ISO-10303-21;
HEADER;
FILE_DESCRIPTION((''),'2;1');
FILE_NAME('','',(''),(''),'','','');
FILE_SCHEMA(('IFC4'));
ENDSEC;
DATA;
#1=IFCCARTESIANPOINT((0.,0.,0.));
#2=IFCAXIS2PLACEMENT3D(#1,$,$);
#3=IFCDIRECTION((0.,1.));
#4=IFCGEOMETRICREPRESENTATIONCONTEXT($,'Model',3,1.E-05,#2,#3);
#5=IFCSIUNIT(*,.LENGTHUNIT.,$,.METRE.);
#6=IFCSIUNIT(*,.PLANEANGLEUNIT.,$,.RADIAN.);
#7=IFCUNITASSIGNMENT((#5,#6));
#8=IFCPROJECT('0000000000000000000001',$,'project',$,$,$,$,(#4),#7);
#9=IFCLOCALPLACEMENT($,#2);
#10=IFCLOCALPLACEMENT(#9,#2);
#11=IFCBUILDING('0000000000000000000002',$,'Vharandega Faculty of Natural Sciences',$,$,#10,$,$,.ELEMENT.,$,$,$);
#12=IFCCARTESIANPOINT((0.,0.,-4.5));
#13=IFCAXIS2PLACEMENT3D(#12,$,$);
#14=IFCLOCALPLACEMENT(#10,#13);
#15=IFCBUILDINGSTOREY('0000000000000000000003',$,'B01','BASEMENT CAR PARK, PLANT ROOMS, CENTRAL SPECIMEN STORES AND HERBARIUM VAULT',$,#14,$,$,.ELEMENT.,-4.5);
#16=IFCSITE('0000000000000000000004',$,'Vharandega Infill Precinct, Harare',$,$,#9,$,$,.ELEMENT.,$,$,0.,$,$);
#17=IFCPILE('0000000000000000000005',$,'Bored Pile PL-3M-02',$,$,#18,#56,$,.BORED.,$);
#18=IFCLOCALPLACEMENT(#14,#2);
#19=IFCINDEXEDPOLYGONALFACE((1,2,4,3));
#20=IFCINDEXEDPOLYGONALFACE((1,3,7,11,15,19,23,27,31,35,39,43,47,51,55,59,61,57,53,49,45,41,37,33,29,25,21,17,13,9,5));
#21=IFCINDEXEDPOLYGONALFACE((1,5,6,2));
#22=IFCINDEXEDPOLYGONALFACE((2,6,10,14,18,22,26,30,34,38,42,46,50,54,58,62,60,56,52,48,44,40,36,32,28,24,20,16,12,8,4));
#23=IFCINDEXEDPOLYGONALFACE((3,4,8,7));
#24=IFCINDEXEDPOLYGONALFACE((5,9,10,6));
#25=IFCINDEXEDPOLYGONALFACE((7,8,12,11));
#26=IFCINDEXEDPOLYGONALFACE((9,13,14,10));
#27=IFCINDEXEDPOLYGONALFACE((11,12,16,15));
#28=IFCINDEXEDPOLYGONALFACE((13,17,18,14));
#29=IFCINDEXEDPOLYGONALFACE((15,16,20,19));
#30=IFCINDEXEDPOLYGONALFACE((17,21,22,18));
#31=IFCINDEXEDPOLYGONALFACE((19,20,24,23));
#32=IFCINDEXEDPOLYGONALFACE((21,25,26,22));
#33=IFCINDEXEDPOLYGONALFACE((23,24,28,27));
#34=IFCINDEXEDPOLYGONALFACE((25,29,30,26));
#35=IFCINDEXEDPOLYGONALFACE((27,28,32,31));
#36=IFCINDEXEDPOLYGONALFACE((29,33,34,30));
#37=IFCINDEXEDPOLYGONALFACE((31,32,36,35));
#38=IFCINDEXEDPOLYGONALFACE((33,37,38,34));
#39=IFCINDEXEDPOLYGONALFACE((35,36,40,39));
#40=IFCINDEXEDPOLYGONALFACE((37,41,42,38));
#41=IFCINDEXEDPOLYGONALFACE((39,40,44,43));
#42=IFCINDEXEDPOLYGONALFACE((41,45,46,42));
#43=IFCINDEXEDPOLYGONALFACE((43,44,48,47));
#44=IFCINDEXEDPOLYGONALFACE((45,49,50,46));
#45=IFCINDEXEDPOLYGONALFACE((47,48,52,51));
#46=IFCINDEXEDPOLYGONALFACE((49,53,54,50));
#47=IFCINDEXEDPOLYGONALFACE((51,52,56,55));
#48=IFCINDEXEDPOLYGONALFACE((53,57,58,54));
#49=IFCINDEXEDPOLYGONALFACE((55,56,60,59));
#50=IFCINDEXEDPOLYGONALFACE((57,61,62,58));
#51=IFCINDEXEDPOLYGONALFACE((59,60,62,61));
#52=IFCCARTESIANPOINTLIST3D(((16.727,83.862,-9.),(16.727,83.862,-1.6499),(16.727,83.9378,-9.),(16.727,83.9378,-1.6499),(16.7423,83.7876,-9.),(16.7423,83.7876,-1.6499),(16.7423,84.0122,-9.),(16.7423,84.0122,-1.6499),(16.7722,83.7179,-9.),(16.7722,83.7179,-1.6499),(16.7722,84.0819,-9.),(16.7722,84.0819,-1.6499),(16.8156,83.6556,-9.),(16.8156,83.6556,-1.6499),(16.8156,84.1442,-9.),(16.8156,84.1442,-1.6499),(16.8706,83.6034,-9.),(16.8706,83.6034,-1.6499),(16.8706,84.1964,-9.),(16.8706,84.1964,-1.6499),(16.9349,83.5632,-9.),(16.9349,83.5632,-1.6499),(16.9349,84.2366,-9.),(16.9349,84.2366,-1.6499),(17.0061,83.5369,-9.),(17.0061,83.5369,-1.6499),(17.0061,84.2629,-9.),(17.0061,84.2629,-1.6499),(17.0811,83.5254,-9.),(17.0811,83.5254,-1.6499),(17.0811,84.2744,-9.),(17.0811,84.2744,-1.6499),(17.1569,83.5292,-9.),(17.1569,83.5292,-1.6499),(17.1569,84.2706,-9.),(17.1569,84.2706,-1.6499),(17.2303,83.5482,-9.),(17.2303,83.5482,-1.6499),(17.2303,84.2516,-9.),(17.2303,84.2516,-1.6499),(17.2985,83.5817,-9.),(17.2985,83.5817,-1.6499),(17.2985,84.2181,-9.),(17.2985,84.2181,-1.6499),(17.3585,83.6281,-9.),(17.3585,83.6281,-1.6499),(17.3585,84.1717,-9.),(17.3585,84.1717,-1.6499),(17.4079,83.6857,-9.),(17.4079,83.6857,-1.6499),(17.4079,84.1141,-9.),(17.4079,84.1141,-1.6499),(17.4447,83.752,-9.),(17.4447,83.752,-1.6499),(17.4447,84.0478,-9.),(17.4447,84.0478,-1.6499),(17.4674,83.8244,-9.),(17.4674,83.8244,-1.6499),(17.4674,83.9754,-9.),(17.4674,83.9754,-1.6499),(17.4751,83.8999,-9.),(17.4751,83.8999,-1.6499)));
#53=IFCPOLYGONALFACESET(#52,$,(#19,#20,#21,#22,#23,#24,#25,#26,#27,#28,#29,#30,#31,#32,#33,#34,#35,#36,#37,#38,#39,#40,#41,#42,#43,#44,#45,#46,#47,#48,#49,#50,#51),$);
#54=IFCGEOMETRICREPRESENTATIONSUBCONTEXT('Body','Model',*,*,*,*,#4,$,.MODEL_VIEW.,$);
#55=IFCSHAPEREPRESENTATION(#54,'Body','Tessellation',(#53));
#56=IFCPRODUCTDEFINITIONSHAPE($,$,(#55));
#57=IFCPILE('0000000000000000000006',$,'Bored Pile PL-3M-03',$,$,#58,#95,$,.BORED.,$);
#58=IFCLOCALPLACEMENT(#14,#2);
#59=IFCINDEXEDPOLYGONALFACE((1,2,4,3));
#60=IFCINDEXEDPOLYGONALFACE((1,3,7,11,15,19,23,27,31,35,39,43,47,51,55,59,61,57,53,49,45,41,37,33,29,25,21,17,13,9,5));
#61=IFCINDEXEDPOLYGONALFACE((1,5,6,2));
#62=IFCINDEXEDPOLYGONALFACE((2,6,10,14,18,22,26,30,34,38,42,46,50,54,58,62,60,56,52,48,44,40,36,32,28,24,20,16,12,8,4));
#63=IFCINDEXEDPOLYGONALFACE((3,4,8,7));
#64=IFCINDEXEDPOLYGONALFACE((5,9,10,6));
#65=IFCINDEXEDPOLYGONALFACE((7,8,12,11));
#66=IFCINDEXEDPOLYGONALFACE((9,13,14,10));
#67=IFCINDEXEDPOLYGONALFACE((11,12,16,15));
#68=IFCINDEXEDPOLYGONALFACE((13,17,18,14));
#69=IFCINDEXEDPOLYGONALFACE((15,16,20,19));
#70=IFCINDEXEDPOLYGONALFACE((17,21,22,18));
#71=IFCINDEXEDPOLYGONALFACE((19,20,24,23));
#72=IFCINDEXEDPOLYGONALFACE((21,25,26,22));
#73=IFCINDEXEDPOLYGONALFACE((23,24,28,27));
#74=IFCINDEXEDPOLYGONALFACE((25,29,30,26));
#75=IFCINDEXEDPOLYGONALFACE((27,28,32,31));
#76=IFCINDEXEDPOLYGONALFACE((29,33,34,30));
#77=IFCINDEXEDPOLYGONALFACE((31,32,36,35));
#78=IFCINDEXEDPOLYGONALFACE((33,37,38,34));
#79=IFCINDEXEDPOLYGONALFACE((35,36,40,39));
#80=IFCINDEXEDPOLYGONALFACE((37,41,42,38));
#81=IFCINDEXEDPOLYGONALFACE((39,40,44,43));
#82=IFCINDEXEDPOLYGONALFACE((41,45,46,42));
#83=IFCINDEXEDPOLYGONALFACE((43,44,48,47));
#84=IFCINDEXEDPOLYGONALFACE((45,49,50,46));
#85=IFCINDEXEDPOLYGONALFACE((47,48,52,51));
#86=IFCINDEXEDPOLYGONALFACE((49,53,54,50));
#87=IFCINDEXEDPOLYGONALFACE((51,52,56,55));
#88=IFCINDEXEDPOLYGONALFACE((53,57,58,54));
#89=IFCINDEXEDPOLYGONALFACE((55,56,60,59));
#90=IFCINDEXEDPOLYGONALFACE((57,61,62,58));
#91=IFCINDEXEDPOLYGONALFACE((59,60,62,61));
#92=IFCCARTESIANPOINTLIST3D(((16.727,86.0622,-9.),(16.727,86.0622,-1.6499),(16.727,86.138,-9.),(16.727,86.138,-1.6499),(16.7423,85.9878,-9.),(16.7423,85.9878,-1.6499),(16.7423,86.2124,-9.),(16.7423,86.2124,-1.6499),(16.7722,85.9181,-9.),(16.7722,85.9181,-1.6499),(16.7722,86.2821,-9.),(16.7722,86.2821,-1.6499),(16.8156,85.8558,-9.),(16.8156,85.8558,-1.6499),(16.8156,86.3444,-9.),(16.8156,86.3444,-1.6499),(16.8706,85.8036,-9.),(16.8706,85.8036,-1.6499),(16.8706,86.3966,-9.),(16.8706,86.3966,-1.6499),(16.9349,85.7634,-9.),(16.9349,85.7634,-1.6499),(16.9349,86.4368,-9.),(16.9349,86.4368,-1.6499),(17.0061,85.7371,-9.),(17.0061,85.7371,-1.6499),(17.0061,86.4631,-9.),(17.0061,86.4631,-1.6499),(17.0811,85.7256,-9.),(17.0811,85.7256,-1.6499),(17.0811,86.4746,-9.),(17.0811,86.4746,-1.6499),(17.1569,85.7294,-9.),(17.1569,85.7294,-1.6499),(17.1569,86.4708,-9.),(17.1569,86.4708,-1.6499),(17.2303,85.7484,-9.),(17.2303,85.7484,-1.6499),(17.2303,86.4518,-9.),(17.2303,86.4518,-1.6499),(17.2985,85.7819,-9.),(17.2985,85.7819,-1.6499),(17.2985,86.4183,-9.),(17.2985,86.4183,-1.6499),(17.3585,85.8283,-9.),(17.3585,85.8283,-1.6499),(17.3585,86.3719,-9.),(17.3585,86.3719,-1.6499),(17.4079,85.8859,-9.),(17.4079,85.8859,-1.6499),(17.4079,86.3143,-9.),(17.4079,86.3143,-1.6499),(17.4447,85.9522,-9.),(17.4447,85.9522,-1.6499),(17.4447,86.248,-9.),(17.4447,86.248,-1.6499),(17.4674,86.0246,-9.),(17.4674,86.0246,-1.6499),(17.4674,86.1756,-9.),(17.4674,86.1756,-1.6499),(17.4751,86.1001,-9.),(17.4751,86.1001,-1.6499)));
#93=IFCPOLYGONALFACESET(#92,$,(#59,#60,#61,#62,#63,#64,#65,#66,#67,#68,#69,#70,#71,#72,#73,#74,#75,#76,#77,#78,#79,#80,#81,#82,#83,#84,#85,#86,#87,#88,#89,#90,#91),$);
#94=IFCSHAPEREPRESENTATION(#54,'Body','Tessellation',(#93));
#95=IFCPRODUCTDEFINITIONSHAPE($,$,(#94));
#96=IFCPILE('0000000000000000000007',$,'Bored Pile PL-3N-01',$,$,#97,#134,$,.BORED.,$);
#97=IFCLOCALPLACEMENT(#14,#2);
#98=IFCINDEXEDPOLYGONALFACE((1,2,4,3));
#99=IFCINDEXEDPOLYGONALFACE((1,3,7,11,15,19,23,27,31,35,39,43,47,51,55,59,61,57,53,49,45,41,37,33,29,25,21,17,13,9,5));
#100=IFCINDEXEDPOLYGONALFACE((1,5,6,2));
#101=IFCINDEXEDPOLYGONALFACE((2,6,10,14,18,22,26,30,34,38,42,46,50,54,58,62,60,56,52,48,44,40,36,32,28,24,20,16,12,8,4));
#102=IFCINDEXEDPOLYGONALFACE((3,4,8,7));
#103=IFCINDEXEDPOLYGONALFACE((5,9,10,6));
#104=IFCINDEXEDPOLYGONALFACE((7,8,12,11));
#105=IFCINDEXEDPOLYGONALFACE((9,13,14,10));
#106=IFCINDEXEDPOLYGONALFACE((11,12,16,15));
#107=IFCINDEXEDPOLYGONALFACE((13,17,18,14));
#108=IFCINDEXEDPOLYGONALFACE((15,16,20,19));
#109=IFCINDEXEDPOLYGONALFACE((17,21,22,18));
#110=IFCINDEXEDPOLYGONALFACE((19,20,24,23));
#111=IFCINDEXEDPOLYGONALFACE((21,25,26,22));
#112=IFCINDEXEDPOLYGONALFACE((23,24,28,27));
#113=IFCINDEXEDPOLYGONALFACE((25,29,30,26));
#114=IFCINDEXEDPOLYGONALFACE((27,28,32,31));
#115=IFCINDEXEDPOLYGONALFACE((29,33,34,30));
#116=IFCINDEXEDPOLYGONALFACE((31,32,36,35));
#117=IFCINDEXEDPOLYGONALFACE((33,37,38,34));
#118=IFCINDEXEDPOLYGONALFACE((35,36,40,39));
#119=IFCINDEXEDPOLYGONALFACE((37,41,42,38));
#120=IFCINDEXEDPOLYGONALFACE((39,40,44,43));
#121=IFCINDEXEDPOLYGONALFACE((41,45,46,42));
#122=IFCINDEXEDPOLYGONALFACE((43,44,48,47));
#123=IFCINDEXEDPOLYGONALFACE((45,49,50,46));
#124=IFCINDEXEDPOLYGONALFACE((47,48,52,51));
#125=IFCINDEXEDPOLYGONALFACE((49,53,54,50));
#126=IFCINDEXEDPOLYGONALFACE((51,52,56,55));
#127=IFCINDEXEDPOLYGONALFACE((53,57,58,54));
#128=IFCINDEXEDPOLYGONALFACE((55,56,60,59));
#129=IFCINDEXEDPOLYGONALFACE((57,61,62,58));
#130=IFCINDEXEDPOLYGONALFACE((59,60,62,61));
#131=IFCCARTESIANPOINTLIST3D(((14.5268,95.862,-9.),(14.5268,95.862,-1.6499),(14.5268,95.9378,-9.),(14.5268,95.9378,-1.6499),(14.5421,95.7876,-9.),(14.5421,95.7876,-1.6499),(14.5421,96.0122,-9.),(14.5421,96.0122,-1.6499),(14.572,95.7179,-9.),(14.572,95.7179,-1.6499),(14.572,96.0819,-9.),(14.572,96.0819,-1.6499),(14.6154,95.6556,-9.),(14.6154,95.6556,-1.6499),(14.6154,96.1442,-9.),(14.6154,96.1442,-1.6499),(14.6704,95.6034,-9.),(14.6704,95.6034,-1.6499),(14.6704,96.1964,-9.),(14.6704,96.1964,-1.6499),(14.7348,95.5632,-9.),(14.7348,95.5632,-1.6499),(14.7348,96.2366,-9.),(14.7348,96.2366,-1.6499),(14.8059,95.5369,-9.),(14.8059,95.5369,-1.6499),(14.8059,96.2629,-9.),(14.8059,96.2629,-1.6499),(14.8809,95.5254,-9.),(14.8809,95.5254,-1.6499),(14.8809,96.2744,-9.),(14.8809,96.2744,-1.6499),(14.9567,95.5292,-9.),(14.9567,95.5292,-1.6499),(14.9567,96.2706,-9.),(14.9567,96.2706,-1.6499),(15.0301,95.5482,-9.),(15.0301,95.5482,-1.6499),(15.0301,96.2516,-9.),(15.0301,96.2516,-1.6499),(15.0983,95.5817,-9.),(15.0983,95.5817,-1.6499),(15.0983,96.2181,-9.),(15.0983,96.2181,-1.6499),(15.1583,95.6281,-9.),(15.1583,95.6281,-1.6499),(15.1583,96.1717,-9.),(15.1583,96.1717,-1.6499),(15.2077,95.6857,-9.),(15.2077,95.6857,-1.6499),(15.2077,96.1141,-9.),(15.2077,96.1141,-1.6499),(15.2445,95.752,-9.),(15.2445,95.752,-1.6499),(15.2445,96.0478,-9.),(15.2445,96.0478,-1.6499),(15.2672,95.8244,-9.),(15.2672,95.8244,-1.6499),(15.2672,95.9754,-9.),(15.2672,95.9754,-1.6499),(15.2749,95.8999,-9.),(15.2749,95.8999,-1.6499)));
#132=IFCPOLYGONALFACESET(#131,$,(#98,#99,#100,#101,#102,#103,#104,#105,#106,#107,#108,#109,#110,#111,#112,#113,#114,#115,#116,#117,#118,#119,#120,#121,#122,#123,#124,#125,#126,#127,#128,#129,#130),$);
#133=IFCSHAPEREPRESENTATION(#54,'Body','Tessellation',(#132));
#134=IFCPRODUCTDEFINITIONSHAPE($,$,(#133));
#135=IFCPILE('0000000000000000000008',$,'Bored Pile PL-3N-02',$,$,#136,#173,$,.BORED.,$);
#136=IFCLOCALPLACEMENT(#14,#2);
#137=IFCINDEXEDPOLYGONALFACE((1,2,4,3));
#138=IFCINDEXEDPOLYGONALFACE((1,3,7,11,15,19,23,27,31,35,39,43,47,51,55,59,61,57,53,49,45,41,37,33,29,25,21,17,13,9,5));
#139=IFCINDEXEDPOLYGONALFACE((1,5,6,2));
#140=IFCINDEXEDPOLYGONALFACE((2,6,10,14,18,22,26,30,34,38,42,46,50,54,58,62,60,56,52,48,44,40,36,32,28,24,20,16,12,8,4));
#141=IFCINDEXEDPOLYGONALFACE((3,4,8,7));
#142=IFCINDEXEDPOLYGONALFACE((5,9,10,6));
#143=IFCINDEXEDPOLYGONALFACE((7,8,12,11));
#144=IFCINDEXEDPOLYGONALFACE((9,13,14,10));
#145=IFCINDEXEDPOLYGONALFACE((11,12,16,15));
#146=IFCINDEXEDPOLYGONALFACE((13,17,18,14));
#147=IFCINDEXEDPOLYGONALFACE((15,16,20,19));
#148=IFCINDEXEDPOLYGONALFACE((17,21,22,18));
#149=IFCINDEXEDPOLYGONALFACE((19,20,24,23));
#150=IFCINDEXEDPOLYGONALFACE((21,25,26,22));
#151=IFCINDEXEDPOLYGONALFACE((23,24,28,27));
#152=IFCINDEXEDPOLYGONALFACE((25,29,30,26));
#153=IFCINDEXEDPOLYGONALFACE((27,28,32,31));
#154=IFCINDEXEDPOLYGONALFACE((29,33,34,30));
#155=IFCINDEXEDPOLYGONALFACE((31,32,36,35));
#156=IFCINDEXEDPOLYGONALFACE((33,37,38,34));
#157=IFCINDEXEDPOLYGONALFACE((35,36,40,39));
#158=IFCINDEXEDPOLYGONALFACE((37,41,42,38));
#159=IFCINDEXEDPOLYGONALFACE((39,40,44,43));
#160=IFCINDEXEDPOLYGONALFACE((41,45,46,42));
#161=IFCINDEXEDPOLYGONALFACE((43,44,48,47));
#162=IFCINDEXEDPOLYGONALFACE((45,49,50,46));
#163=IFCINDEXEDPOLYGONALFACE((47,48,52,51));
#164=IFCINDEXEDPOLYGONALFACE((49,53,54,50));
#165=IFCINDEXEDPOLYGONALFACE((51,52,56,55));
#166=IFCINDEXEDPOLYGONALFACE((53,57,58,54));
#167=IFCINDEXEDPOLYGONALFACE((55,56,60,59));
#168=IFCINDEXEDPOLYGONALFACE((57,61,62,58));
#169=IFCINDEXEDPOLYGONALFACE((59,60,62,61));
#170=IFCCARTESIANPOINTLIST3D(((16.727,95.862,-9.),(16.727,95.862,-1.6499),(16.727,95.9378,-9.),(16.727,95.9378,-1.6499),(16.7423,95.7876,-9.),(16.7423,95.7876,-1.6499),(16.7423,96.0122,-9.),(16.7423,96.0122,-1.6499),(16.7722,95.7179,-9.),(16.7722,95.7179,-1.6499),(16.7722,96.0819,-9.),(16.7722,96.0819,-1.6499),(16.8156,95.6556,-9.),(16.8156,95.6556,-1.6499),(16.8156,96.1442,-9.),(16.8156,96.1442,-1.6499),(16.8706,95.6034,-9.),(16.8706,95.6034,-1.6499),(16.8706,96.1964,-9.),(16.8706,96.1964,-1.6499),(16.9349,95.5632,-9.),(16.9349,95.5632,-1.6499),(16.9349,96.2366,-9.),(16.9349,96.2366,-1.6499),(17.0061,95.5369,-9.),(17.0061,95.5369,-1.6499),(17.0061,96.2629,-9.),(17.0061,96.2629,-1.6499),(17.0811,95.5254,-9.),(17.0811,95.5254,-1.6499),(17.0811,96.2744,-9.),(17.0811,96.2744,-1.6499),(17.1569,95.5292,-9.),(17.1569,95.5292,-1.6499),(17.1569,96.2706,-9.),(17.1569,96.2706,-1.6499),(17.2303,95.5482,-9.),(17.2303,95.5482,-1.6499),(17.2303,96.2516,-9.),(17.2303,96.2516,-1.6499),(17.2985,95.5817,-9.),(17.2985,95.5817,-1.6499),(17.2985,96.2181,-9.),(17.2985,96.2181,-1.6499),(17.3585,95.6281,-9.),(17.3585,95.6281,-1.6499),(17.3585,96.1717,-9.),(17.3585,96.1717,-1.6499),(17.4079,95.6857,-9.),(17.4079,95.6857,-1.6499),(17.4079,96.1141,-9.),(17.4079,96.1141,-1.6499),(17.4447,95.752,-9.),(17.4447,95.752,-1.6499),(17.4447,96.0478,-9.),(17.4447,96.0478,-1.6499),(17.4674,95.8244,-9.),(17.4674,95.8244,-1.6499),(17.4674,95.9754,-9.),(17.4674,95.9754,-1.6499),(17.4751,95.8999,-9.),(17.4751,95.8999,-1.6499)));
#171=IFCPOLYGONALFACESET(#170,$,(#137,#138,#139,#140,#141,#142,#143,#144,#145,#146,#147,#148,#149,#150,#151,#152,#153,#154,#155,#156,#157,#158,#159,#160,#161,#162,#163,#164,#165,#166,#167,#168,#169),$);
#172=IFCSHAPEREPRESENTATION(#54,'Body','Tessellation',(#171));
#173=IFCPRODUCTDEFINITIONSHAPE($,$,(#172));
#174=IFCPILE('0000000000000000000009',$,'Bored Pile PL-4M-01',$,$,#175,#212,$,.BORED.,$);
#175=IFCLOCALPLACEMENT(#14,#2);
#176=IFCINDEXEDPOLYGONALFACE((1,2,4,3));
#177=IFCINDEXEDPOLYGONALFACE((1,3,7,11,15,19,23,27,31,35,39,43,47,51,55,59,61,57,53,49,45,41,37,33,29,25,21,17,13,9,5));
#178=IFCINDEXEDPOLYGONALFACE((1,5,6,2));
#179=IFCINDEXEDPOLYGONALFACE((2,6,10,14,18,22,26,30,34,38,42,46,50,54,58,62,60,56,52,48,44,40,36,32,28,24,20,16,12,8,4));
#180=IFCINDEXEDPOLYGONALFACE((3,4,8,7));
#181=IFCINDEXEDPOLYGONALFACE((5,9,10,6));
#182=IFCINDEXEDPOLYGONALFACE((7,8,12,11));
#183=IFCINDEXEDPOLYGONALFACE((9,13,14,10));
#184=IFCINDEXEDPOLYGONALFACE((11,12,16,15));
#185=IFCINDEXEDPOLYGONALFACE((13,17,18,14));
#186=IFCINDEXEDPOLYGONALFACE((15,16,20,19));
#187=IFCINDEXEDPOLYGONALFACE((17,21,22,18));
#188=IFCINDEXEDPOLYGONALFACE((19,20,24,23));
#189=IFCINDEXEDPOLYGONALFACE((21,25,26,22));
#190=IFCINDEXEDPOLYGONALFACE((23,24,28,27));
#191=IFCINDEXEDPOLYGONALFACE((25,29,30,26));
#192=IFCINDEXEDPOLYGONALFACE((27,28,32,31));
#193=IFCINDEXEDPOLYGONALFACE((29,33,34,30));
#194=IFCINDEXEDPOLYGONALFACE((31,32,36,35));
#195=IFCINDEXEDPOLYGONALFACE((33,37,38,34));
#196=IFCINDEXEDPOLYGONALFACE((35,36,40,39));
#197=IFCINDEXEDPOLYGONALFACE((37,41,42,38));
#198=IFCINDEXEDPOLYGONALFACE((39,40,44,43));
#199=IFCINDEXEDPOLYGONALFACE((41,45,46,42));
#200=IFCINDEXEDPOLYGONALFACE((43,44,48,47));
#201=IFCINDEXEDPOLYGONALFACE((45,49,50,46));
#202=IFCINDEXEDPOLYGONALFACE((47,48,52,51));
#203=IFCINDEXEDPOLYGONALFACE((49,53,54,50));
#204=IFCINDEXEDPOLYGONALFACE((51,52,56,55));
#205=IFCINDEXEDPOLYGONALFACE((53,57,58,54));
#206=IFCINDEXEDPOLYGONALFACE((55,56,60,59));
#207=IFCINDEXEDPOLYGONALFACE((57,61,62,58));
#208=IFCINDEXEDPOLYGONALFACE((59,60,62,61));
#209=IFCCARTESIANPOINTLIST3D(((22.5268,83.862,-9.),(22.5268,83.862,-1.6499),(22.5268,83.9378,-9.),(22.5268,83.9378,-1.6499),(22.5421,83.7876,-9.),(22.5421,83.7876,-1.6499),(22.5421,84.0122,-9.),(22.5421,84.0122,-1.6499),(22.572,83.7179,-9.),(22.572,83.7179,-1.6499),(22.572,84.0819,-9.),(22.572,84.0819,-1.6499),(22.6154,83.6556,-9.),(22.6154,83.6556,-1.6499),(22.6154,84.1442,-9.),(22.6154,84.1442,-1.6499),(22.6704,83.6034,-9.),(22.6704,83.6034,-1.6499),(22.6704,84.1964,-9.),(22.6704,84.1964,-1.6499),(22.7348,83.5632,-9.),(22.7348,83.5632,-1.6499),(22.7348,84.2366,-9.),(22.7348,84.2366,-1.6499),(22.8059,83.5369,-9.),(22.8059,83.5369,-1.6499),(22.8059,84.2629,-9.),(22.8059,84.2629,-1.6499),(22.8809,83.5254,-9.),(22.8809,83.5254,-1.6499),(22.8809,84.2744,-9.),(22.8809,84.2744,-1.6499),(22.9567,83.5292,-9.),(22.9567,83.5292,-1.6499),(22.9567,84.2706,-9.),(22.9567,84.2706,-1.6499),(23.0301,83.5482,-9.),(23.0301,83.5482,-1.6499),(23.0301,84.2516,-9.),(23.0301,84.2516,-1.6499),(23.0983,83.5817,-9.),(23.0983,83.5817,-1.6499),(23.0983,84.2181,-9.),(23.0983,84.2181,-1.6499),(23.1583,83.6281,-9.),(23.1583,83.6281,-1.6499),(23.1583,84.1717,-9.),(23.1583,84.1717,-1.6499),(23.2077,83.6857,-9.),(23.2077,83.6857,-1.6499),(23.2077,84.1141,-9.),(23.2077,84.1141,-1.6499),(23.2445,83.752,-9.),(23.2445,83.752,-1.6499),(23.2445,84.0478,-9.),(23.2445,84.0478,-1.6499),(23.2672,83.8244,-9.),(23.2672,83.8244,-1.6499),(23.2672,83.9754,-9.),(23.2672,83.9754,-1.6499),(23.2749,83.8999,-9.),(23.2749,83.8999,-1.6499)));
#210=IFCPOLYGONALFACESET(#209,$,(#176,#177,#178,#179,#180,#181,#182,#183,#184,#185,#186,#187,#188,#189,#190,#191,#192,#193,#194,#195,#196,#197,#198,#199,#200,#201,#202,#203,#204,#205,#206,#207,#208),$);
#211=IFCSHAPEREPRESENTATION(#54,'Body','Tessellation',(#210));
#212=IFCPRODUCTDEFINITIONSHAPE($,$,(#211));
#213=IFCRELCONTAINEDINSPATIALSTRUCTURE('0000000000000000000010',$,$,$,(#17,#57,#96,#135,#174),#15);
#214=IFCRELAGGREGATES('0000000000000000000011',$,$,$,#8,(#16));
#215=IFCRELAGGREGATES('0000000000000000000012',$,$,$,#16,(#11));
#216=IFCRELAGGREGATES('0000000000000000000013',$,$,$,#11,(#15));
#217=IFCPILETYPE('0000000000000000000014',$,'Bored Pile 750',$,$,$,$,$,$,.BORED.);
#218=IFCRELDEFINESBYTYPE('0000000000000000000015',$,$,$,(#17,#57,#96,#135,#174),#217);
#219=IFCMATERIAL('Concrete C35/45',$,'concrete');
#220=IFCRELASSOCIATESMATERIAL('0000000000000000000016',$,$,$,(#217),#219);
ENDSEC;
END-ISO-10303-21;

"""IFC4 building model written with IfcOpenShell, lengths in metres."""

from ifc_helpers import new_model, si_unit, direction, frame, origin, origin_2d, place, context, subcontext, project, spatial, circle, extrude, material, material_profile, profile_set, type_object, element, save


model = new_model("IFC4")

# Units and contexts
model_context = context("Model", 3, precision=1e-05, world=origin(), true_north=direction((0.0, 1.0)))
body_context = subcontext(model_context, "Body", "Model", "MODEL_VIEW")
ifc_project = project(units=[si_unit("LENGTHUNIT", "METRE"), si_unit("PLANEANGLEUNIT", "RADIAN")], contexts=[model_context])

# Site, building, storey
site_placement = place(None, origin())
site = spatial("IfcSite", under=ifc_project, at=site_placement, Name="Vharandega Infill Precinct, Harare", CompositionType="ELEMENT", RefElevation=0.0)
building_placement = place(site_placement, origin())
building = spatial("IfcBuilding", under=site, at=building_placement, Name="Vharandega Faculty of Natural Sciences", CompositionType="ELEMENT")
storey_placement = place(building_placement, frame((0.0, 0.0, -4.5)))
storey = spatial("IfcBuildingStorey", under=building, at=storey_placement, Name="B01", Description="BASEMENT CAR PARK, PLANT ROOMS, CENTRAL SPECIMEN STORES AND HERBARIUM VAULT", CompositionType="ELEMENT", Elevation=-4.5)

# Piles
ifc_material_1 = material(Name="Concrete C35/45", Category="concrete")
ifc_material_profile_1 = material_profile(ifc_material_1, circle(Radius=0.375, at=origin_2d()), Name="PILE 750")
ifc_profile_set_1 = profile_set([ifc_material_profile_1], Name="Concrete C35/45")
pile_type = type_object("IfcPileType", Name="Bored Pile 750", PredefinedType="BORED", material=ifc_profile_set_1)
for number, where, z_axis, x_axis, name in (
    (1, (17.1001, 83.8999, -1.6499), (0.0, 0.0, -1.0), (1.0, 0.0, 0.0), "Bored Pile PL-3M-02"),
    (2, (17.1001, 86.1001, -1.6499), (0.0, 0.0, -1.0), (1.0, 0.0, 0.0), "Bored Pile PL-3M-03"),
    (3, (14.8999, 95.8999, -1.6499), (0.0, 0.0, -1.0), (1.0, 0.0, 0.0), "Bored Pile PL-3N-01"),
    (4, (17.1001, 95.8999, -1.6499), (0.0, 0.0, -1.0), (1.0, 0.0, 0.0), "Bored Pile PL-3N-02"),
    (5, (22.8999, 83.8999, -1.6499), (0.0, 0.0, -1.0), (1.0, 0.0, 0.0), "Bored Pile PL-4M-01"),
):
    element("IfcPile", number, at=place(storey_placement, frame(where, z_axis=z_axis, x_axis=x_axis)), inside=storey, type_object=pile_type, Name=name, PredefinedType="BORED", context=body_context, shape_type="SweptSolid", body=[
        extrude(circle(Radius=0.375, at=origin_2d()), origin(), (0.0, 0.0, 1.0), 7.3501),
    ])

save(model, "model.ifc")
